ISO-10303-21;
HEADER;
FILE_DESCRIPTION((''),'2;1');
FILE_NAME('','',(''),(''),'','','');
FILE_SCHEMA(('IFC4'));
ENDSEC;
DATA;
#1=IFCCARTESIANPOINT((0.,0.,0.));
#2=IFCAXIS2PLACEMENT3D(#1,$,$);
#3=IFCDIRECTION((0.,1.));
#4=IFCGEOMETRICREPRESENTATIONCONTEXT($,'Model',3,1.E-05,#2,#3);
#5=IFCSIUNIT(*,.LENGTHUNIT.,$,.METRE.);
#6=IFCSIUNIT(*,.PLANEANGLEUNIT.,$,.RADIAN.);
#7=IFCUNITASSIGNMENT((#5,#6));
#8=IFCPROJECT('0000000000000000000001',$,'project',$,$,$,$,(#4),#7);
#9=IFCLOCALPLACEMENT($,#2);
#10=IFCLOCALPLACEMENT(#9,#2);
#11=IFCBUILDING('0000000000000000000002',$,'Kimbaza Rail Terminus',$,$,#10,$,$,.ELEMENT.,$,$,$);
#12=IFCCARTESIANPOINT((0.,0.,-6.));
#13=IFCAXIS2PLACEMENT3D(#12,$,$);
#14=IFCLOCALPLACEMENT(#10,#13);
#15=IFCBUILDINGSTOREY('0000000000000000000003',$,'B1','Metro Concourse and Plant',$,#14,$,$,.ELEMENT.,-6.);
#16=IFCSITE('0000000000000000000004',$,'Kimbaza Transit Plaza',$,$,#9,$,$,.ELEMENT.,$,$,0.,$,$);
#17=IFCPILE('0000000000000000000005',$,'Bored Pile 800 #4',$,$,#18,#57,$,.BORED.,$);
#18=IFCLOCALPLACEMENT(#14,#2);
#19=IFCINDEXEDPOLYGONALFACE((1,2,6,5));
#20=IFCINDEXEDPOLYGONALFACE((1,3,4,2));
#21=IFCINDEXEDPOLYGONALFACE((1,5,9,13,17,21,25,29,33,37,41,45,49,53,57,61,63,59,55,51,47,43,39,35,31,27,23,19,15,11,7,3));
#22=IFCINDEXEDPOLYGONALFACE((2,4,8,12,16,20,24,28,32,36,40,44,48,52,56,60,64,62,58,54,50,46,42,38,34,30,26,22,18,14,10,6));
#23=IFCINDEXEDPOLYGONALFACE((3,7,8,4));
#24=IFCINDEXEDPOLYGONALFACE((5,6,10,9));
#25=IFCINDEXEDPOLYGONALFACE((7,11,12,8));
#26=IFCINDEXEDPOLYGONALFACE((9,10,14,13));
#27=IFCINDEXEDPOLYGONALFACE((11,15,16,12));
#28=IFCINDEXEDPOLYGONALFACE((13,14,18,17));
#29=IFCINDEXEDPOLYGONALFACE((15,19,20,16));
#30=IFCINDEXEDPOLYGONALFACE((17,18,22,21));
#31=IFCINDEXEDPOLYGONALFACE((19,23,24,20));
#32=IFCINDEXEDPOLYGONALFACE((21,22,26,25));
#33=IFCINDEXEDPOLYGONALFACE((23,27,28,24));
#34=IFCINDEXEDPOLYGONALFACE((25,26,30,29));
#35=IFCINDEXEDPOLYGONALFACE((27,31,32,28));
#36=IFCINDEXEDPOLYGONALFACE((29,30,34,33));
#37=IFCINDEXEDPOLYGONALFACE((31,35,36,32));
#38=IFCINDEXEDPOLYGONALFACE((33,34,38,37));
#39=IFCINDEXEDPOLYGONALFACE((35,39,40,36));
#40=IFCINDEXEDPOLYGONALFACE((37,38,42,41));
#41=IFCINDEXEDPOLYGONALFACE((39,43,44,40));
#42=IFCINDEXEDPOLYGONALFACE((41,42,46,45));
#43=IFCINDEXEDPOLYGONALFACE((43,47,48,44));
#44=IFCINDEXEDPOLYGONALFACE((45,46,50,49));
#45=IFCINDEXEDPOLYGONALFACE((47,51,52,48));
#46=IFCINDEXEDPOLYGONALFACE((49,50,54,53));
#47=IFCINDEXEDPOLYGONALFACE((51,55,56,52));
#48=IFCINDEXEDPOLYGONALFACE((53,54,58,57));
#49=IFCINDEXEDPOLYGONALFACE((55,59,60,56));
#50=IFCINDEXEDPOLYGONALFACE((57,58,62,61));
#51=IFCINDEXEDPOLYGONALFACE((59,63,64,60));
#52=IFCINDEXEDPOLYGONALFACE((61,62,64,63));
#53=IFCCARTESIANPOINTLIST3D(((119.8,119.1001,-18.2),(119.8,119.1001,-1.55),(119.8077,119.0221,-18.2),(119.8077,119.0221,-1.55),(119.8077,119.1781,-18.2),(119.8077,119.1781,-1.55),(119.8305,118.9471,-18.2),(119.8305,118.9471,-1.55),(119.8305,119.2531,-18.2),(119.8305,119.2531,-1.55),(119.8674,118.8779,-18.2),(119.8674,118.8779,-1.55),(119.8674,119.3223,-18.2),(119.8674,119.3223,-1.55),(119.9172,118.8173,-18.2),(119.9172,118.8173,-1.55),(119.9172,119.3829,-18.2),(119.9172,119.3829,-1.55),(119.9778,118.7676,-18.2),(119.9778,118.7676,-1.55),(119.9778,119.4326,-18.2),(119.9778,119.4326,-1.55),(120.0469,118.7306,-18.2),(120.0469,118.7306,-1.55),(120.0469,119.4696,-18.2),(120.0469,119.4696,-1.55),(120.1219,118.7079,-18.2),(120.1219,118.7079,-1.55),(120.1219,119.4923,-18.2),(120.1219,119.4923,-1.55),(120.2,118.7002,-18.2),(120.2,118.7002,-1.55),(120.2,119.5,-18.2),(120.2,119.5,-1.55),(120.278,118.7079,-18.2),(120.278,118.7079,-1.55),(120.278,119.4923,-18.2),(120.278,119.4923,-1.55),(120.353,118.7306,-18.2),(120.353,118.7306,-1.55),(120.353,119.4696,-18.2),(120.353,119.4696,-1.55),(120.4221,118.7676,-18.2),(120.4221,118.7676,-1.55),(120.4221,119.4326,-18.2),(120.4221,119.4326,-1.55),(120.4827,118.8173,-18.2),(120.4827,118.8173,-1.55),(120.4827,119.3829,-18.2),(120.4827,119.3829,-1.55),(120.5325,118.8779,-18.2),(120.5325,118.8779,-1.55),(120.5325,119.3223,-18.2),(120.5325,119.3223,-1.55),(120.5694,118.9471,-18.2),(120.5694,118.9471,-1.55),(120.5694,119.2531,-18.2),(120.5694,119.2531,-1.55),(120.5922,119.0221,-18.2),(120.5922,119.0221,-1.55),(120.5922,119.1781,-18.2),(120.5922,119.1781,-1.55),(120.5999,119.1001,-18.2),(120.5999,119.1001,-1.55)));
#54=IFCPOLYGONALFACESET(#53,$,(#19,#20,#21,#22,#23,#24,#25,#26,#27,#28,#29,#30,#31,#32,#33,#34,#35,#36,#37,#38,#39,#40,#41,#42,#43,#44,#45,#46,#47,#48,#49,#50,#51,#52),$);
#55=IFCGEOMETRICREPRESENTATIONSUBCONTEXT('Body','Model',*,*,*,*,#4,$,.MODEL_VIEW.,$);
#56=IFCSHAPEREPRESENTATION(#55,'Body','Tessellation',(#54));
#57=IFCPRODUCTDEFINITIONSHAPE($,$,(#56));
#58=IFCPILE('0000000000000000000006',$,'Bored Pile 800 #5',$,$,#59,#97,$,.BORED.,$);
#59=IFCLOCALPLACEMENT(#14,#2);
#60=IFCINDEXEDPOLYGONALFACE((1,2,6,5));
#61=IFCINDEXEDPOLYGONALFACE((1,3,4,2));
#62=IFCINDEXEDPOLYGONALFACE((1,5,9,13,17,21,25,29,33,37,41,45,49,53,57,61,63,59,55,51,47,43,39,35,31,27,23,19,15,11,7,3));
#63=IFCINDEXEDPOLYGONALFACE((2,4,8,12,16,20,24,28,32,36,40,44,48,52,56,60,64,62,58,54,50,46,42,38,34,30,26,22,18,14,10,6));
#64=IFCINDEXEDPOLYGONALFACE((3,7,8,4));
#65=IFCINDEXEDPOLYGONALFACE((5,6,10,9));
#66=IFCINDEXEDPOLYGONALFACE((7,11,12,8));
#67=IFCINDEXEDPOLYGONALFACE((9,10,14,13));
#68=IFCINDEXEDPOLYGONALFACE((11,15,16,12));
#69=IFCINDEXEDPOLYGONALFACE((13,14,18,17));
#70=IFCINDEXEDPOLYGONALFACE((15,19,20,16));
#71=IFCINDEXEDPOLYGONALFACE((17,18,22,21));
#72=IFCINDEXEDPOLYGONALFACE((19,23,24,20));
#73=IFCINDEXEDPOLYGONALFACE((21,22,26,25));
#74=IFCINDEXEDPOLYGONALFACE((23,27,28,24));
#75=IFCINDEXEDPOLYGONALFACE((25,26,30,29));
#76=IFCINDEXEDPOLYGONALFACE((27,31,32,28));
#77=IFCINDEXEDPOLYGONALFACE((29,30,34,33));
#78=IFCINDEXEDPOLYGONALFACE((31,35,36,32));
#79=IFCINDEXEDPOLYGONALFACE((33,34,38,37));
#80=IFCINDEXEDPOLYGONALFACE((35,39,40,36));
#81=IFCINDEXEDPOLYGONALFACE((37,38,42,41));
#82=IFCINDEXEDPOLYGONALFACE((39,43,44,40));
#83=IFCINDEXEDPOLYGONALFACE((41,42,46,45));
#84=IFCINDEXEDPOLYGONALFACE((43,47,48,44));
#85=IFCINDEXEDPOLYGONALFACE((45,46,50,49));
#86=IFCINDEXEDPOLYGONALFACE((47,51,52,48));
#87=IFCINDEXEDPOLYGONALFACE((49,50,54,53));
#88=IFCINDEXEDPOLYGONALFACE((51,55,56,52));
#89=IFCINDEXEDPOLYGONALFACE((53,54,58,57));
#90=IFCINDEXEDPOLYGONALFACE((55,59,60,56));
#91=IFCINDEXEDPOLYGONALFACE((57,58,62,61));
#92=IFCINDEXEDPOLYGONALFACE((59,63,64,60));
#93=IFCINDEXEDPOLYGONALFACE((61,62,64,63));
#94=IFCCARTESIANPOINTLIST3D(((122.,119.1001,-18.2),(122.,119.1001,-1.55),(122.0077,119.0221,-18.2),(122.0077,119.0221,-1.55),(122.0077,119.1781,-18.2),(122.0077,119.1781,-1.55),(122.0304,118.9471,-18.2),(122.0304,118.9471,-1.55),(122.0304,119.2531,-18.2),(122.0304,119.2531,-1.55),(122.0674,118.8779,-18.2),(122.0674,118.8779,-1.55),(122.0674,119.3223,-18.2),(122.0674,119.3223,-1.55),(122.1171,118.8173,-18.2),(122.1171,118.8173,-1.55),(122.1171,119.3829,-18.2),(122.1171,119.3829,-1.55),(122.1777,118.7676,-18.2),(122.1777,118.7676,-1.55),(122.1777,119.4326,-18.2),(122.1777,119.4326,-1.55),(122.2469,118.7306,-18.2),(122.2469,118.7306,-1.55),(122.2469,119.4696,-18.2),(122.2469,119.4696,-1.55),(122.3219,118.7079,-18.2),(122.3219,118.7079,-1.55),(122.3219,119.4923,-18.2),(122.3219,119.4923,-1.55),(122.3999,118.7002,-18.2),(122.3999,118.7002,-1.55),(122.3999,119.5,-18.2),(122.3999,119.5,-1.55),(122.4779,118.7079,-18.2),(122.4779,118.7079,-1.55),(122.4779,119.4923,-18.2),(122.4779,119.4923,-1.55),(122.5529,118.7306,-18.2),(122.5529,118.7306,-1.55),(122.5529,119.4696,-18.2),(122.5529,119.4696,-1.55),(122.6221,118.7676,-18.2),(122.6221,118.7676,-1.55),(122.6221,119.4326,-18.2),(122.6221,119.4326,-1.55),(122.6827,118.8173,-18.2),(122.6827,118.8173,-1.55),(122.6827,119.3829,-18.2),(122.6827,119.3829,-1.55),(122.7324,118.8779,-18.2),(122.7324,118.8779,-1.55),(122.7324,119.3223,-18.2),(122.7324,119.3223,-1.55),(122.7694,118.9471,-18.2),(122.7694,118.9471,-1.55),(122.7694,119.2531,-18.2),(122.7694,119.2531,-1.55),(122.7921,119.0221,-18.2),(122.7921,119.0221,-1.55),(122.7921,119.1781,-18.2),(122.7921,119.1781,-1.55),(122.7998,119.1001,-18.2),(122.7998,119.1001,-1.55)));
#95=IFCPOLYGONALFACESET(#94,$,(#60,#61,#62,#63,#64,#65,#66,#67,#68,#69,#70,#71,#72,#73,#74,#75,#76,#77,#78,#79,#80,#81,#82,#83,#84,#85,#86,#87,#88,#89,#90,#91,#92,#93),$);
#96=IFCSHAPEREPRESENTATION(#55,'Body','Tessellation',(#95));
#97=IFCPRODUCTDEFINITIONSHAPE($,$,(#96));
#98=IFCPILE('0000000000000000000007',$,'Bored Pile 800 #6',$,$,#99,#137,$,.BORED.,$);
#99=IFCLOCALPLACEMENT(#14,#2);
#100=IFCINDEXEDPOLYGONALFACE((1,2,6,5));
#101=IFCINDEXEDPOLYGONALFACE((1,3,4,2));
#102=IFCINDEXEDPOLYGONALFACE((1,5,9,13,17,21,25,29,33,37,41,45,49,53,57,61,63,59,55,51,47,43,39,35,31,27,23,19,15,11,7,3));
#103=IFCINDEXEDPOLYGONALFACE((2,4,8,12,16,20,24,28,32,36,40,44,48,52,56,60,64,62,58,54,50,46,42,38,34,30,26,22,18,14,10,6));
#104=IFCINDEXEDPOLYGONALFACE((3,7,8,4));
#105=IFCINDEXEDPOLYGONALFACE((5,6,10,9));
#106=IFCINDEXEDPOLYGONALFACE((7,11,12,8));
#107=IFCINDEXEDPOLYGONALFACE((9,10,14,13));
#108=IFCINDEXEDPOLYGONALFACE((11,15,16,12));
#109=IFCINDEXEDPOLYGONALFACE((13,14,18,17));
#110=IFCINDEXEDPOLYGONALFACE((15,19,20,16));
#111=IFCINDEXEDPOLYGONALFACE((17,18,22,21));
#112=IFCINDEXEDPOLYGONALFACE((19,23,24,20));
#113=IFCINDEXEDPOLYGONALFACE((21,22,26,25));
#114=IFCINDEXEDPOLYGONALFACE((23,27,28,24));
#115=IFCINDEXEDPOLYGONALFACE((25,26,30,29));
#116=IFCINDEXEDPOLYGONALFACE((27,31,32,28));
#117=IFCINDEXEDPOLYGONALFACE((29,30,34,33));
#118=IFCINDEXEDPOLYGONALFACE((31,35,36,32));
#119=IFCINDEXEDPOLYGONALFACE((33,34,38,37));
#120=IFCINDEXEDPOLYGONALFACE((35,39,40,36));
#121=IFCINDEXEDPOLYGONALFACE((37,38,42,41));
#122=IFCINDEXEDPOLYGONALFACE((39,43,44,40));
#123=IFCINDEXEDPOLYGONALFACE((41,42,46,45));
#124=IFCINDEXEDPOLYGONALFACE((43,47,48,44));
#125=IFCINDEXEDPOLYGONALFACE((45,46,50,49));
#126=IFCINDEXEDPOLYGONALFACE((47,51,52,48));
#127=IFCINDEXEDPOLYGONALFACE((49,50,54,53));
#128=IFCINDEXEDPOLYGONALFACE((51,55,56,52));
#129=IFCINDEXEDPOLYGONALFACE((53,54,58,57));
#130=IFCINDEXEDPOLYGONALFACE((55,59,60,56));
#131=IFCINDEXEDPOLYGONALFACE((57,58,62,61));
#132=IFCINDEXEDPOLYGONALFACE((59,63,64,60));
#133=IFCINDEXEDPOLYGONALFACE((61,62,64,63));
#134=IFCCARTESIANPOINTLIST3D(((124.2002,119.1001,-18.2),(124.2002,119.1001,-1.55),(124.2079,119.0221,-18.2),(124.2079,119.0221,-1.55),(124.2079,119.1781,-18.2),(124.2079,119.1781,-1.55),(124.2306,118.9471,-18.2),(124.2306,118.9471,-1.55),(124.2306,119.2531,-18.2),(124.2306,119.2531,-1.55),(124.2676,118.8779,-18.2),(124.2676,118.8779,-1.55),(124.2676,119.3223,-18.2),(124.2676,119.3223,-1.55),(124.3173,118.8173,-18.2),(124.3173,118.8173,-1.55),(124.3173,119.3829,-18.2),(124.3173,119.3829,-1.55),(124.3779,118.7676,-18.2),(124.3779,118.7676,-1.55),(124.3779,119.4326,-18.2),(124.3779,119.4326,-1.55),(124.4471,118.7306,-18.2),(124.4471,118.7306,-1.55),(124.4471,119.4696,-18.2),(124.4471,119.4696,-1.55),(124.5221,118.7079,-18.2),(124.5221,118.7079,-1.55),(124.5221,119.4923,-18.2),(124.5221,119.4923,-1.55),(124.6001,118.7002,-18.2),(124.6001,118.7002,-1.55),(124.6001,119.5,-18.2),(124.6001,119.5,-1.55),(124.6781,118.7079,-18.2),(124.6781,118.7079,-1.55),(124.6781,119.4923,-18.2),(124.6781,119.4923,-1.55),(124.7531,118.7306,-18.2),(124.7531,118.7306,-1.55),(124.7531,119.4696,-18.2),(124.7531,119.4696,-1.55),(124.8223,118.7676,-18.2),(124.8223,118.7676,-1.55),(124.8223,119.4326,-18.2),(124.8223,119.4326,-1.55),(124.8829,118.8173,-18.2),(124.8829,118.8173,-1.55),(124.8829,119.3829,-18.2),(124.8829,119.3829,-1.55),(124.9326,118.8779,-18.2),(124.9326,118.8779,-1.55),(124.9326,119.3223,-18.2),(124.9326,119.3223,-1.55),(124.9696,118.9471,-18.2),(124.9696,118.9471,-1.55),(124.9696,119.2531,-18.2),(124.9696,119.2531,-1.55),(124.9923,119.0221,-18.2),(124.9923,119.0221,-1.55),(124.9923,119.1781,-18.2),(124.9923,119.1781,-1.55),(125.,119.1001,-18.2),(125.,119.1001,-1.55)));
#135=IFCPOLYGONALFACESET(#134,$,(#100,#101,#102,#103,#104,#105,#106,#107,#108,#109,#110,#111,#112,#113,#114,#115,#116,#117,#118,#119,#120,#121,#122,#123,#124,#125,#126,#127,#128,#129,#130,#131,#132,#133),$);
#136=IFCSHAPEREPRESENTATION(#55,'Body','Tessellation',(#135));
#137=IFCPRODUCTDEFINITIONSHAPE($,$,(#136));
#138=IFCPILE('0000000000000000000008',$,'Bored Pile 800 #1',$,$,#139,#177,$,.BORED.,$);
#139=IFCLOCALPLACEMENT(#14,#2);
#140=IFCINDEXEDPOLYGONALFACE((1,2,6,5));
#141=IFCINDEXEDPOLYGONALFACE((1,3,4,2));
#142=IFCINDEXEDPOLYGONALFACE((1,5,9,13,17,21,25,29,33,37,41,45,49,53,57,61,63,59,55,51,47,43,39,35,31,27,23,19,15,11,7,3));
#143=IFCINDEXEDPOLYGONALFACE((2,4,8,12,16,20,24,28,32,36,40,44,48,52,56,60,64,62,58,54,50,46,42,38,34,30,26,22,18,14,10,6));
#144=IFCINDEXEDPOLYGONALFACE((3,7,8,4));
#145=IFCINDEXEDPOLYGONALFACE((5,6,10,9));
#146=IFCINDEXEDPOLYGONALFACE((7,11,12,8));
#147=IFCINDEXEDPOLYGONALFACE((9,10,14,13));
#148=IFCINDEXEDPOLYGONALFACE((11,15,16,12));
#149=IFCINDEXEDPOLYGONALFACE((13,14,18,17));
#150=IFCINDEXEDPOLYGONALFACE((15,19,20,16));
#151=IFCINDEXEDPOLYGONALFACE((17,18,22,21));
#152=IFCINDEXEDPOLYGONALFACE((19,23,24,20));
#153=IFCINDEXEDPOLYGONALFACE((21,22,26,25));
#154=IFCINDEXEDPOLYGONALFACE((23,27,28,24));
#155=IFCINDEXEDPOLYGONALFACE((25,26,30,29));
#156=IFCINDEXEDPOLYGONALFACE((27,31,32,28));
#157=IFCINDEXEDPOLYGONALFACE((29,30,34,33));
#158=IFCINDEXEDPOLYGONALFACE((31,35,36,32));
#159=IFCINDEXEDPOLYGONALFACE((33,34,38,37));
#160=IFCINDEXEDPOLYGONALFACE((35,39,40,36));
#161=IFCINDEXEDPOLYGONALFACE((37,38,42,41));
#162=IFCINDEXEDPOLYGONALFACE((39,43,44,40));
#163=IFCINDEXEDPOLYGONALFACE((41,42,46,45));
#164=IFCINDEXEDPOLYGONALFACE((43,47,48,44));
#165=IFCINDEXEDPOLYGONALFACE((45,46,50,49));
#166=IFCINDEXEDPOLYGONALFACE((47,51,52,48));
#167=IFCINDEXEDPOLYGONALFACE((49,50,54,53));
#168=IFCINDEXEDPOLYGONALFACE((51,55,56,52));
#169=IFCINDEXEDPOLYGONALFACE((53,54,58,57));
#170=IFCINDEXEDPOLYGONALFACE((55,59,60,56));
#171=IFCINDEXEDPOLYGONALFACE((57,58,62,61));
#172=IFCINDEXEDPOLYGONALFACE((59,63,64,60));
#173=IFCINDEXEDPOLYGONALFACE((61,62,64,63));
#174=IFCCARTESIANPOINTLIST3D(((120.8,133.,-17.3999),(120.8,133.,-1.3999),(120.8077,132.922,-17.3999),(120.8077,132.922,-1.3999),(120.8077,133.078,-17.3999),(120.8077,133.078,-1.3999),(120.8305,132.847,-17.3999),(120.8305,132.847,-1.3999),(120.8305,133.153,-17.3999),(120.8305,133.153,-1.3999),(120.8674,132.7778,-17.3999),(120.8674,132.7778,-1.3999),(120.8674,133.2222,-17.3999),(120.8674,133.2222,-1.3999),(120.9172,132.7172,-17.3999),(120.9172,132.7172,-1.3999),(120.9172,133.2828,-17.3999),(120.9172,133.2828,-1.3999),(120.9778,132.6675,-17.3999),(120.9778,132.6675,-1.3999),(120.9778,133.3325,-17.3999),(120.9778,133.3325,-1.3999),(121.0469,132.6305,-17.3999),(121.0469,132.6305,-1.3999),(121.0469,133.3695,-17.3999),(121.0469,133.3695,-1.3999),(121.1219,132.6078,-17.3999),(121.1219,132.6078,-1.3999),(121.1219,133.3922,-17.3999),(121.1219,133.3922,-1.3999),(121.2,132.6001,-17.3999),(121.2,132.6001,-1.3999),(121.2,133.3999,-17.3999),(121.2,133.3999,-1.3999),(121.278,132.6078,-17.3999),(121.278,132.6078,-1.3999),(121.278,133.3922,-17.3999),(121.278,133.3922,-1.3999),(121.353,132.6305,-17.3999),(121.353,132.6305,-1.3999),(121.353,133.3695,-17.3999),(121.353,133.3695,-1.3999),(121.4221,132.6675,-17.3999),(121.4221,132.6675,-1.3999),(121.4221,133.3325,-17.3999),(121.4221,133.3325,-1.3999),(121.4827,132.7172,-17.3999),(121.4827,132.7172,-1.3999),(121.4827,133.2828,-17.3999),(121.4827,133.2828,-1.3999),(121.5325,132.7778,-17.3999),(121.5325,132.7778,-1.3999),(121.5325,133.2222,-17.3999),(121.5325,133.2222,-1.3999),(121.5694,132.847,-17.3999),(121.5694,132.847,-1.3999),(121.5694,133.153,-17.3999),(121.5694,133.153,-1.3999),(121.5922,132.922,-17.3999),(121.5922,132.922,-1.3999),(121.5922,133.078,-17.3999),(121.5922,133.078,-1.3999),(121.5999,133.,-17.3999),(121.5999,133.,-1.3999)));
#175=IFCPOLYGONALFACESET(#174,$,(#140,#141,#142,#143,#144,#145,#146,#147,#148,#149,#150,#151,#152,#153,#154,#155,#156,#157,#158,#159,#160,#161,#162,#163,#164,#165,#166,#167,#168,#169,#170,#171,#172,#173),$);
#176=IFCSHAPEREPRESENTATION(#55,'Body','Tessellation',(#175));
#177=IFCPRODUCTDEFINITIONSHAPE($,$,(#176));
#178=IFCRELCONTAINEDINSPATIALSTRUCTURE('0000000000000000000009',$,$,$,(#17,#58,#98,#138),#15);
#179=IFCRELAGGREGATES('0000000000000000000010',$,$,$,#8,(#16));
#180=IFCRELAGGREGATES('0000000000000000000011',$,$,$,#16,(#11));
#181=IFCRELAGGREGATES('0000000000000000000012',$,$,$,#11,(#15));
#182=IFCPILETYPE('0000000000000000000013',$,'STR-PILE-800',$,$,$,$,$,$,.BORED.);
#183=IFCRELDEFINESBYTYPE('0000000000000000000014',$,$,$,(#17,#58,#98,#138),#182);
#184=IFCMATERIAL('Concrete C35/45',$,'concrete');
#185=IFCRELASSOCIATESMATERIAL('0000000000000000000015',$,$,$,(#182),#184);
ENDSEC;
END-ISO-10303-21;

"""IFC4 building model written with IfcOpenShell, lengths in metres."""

from ifc_helpers import new_model, si_unit, direction, frame, origin, origin_2d, place, context, subcontext, project, spatial, circle, extrude, material, material_profile, profile_set, type_object, element, save


model = new_model("IFC4")

# Units and contexts
model_context = context("Model", 3, precision=1e-05, world=origin(), true_north=direction((0.0, 1.0)))
body_context = subcontext(model_context, "Body", "Model", "MODEL_VIEW")
ifc_project = project(units=[si_unit("LENGTHUNIT", "METRE"), si_unit("PLANEANGLEUNIT", "RADIAN")], contexts=[model_context])

# Site, building, storey
site_placement = place(None, origin())
site = spatial("IfcSite", under=ifc_project, at=site_placement, Name="Kimbaza Transit Plaza", CompositionType="ELEMENT", RefElevation=0.0)
building_placement = place(site_placement, origin())
building = spatial("IfcBuilding", under=site, at=building_placement, Name="Kimbaza Rail Terminus", CompositionType="ELEMENT")
storey_placement = place(building_placement, frame((0.0, 0.0, -6.0)))
storey = spatial("IfcBuildingStorey", under=building, at=storey_placement, Name="B1", Description="Metro Concourse and Plant", CompositionType="ELEMENT", Elevation=-6.0)

# Piles
ifc_material_1 = material(Name="Concrete C35/45", Category="concrete")
ifc_material_profile_1 = material_profile(ifc_material_1, circle(Radius=0.3999, at=origin_2d()), Name="BORED PILE 800")
ifc_profile_set_1 = profile_set([ifc_material_profile_1], Name="Concrete C35/45")
pile_type = type_object("IfcPileType", Name="STR-PILE-800", PredefinedType="BORED", material=ifc_profile_set_1)
for number, where, z_axis, x_axis, name in (
    (1, (120.2, 119.1001, -1.55), (0.0, 0.0, -1.0), (1.0, 0.0, 0.0), "Bored Pile 800 #4"),
    (2, (122.3999, 119.1001, -1.55), (0.0, 0.0, -1.0), (1.0, 0.0, 0.0), "Bored Pile 800 #5"),
    (3, (124.6001, 119.1001, -1.55), (0.0, 0.0, -1.0), (1.0, 0.0, 0.0), "Bored Pile 800 #6"),
):
    element("IfcPile", number, at=place(storey_placement, frame(where, z_axis=z_axis, x_axis=x_axis)), inside=storey, type_object=pile_type, Name=name, PredefinedType="BORED", context=body_context, shape_type="SweptSolid", body=[
        extrude(circle(Radius=0.3999, at=origin_2d()), origin(), (0.0, 0.0, 1.0), 16.6499),
    ])
for number, where, z_axis, x_axis, name in (
    (4, (121.2, 133.0, -1.3999), (0.0, 0.0, -1.0), (1.0, 0.0, 0.0), "Bored Pile 800 #1"),
):
    element("IfcPile", number, at=place(storey_placement, frame(where, z_axis=z_axis, x_axis=x_axis)), inside=storey, type_object=pile_type, Name=name, PredefinedType="BORED", context=body_context, shape_type="SweptSolid", body=[
        extrude(circle(Radius=0.3999, at=origin_2d()), origin(), (0.0, 0.0, 1.0), 16.0),
    ])

save(model, "model.ifc")
